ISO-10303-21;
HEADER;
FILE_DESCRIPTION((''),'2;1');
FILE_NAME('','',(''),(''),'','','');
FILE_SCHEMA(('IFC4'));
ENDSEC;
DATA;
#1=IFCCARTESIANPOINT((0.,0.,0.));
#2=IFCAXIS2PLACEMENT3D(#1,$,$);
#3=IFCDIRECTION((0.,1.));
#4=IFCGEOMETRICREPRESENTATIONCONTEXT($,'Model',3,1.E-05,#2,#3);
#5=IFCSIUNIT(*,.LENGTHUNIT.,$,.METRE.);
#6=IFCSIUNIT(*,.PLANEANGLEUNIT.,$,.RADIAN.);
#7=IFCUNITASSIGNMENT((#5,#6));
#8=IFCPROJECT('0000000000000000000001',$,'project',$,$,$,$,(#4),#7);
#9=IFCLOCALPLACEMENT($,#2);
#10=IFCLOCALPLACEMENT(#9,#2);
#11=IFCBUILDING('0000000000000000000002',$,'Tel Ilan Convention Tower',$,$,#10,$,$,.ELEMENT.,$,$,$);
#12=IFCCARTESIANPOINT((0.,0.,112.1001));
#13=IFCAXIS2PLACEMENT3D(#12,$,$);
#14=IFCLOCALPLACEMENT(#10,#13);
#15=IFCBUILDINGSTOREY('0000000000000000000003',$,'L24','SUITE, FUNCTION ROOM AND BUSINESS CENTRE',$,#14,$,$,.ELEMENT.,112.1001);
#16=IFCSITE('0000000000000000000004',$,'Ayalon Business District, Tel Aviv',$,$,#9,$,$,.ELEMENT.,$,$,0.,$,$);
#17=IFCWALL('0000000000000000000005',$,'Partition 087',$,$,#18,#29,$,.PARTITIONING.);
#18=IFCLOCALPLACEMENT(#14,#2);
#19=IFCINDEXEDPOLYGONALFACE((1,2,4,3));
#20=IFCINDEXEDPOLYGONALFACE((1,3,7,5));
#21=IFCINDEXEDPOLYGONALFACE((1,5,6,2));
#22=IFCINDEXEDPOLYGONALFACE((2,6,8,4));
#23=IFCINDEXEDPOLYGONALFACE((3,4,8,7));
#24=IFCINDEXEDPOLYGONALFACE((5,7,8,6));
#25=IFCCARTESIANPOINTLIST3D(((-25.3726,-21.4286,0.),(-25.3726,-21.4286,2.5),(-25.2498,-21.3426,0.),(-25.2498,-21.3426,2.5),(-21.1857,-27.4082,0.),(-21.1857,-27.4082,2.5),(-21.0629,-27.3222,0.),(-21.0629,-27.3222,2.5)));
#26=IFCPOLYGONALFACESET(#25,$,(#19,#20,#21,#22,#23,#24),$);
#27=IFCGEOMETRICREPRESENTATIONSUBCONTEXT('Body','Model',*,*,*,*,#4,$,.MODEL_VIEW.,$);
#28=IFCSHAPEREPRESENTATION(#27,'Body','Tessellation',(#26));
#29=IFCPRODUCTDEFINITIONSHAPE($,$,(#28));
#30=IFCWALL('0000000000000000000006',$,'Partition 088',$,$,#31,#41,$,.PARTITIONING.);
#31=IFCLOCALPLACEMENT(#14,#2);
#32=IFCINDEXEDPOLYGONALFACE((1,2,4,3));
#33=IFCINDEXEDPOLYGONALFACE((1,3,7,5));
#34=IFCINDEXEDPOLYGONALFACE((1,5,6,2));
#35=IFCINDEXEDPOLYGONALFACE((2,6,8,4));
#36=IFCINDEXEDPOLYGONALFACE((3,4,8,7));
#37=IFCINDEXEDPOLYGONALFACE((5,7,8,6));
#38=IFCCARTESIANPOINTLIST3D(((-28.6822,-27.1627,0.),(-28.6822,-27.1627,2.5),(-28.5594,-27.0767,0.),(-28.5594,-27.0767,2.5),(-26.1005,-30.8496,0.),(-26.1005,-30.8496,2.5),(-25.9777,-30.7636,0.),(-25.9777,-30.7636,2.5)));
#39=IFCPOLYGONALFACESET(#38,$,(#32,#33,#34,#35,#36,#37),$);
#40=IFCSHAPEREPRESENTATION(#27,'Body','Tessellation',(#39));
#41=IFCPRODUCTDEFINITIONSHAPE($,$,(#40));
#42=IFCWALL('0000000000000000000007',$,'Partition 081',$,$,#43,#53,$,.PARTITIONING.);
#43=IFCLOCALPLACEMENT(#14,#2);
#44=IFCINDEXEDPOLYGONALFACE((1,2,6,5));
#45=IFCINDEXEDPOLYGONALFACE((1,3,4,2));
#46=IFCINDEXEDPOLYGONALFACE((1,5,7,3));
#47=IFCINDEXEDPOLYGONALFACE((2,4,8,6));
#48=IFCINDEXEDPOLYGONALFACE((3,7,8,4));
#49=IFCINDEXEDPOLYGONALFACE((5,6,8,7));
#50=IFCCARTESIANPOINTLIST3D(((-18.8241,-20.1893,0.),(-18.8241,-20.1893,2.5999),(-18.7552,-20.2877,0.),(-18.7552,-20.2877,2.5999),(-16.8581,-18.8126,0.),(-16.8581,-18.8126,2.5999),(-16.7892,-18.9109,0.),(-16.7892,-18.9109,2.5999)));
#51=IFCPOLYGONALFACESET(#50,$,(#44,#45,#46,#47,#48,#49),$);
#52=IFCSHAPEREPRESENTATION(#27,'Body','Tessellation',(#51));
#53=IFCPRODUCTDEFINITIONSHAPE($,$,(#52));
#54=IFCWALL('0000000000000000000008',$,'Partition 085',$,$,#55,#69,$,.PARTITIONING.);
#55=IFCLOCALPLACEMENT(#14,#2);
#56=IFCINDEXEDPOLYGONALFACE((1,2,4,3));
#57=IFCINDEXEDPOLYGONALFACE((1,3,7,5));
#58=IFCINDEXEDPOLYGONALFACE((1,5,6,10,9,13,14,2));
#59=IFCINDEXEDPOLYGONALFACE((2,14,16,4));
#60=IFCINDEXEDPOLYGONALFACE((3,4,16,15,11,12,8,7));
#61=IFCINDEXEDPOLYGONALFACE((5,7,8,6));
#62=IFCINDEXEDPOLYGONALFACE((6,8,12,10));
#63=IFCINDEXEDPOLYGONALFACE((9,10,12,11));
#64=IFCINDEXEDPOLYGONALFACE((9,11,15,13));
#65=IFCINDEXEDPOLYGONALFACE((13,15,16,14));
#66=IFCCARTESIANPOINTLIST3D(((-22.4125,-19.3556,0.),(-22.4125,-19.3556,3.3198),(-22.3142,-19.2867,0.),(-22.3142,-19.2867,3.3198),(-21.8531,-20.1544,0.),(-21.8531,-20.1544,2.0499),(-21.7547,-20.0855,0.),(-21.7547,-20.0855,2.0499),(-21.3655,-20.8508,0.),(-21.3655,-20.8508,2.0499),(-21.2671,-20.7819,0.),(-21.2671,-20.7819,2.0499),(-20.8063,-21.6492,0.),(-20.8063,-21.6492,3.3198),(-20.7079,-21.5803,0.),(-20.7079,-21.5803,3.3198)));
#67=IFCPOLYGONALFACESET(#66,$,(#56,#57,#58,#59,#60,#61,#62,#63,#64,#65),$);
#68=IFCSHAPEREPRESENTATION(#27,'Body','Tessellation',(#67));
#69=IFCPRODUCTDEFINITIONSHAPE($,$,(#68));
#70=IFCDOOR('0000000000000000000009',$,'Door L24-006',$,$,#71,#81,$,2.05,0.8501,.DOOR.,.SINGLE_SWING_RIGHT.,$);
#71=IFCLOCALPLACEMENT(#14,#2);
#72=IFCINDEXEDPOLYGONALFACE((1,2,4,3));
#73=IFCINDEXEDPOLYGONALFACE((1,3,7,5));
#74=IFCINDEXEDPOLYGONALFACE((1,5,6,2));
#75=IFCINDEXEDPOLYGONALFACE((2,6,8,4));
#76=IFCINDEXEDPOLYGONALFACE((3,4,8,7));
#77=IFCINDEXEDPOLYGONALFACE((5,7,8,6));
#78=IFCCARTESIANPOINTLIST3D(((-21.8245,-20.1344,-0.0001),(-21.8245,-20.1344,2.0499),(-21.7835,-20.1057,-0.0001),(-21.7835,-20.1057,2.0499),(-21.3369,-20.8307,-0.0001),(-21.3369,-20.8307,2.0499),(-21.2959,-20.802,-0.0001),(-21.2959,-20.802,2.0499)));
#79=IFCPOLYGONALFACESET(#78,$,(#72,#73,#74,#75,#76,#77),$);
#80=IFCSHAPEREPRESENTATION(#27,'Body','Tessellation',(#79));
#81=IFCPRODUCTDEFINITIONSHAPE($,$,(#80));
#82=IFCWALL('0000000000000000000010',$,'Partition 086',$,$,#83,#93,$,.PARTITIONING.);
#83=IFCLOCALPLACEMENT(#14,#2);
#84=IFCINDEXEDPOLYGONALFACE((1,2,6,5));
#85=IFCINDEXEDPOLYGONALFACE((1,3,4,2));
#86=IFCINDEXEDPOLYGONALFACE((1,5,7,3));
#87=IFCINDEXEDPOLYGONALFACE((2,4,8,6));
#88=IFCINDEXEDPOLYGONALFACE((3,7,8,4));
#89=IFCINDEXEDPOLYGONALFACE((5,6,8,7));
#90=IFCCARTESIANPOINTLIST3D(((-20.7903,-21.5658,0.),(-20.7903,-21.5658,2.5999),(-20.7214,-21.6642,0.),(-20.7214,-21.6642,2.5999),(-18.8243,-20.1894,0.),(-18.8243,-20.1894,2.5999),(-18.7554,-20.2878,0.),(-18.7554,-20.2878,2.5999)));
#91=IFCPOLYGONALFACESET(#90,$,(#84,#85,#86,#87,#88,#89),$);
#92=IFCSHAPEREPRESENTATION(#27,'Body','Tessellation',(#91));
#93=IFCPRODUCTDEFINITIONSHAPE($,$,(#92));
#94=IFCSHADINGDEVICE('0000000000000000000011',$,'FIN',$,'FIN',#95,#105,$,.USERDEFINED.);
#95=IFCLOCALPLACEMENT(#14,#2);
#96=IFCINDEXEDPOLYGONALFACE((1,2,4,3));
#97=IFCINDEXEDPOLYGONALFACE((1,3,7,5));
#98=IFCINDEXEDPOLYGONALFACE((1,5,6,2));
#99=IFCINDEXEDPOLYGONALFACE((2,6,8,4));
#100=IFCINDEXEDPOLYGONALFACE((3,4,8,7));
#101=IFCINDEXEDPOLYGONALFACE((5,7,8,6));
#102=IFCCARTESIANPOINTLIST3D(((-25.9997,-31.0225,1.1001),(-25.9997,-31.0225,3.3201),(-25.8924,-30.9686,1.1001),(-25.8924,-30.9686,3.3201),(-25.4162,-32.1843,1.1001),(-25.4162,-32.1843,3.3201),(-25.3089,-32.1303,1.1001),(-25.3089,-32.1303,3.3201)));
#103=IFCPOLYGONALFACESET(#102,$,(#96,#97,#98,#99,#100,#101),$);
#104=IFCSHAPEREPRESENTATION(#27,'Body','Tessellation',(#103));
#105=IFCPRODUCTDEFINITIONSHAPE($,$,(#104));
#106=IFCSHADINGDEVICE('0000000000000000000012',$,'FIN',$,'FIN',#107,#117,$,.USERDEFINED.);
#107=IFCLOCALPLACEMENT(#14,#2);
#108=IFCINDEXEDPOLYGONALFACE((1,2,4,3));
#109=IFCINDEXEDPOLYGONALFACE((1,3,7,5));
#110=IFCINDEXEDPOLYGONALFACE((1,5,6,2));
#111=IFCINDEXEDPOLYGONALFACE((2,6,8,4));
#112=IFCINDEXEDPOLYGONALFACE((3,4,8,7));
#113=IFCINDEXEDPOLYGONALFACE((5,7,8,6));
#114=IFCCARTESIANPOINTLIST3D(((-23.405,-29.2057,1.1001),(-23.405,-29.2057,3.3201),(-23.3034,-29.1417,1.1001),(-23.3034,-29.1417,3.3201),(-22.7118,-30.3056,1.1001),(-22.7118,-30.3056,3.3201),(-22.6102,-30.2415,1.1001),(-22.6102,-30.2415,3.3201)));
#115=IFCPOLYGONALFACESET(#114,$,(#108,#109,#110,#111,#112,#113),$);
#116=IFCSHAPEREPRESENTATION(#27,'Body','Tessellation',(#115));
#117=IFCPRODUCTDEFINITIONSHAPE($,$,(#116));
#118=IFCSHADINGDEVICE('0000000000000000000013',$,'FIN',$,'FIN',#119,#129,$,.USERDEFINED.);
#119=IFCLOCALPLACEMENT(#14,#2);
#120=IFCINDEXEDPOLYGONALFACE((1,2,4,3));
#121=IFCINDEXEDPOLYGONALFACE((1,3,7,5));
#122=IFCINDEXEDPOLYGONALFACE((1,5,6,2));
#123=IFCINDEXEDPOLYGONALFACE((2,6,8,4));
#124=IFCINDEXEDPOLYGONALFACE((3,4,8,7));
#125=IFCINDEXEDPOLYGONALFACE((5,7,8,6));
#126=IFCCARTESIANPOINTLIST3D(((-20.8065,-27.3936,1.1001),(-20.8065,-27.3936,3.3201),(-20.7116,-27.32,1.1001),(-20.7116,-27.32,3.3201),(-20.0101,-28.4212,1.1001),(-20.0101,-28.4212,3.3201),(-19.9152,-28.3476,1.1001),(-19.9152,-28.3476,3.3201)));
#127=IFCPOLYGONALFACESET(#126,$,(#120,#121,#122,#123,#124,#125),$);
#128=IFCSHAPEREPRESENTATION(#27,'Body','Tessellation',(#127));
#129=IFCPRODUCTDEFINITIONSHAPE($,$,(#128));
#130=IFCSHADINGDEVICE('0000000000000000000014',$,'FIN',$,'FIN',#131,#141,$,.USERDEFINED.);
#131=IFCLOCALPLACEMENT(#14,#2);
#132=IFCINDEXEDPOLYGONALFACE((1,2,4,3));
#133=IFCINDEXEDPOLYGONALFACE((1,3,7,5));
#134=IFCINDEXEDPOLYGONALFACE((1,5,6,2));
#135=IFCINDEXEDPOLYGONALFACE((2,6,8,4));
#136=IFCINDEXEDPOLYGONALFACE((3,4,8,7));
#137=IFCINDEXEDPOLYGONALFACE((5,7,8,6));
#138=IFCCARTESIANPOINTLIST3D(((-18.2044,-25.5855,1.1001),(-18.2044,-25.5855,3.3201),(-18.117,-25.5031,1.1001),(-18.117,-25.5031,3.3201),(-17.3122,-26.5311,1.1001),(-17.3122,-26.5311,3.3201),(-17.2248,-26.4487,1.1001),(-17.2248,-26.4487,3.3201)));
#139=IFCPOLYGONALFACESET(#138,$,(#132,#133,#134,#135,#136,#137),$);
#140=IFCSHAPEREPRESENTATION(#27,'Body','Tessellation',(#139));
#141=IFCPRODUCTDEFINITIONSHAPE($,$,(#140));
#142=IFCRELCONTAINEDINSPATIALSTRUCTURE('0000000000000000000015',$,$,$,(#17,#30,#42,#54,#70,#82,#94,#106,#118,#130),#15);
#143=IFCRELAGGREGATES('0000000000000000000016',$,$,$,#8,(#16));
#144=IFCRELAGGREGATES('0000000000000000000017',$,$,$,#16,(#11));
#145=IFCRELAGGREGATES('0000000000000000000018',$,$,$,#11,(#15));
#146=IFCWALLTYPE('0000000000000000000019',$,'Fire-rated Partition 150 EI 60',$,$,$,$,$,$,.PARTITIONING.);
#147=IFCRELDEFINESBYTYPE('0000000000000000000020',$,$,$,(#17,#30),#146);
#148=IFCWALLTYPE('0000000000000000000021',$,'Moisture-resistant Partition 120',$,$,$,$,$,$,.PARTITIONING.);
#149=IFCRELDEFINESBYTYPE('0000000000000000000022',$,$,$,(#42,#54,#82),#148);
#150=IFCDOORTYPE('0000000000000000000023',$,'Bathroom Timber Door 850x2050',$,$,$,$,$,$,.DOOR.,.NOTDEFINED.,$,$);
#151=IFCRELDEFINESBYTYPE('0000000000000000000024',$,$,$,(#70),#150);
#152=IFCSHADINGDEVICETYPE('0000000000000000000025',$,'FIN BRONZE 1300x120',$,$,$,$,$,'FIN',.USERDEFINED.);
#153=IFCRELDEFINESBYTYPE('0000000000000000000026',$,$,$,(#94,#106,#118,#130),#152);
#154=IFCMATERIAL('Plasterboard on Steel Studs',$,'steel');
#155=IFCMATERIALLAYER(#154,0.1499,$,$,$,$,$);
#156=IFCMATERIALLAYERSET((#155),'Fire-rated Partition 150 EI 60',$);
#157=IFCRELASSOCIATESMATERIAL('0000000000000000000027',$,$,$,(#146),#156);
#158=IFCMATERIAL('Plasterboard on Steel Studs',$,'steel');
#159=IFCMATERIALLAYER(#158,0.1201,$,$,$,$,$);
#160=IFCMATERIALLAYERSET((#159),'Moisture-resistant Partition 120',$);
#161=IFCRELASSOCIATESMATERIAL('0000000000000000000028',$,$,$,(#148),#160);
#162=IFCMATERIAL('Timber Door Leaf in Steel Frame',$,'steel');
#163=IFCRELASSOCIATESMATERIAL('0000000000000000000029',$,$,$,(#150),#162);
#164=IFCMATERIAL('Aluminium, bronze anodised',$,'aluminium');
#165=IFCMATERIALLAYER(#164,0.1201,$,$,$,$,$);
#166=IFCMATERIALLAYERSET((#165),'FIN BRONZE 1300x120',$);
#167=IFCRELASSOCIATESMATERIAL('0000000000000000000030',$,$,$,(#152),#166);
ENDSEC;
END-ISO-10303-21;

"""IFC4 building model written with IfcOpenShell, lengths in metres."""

from ifc_helpers import new_model, si_unit, direction, frame, frame_2d, origin, origin_2d, place, context, subcontext, project, spatial, rectangle, extrude, material, layer, layer_set, type_object, element, fill, save


model = new_model("IFC4")

# Units and contexts
model_context = context("Model", 3, precision=1e-05, world=origin(), true_north=direction((0.0, 1.0)))
body_context = subcontext(model_context, "Body", "Model", "MODEL_VIEW")
ifc_project = project(units=[si_unit("LENGTHUNIT", "METRE"), si_unit("PLANEANGLEUNIT", "RADIAN")], contexts=[model_context])

# Site, building, storey
site_placement = place(None, origin())
site = spatial("IfcSite", under=ifc_project, at=site_placement, Name="Ayalon Business District, Tel Aviv", CompositionType="ELEMENT", RefElevation=0.0)
building_placement = place(site_placement, origin())
building = spatial("IfcBuilding", under=site, at=building_placement, Name="Tel Ilan Convention Tower", CompositionType="ELEMENT")
storey_placement = place(building_placement, frame((0.0, 0.0, 112.1001)))
storey = spatial("IfcBuildingStorey", under=building, at=storey_placement, Name="L24", Description="SUITE, FUNCTION ROOM AND BUSINESS CENTRE", CompositionType="ELEMENT", Elevation=112.1001)

# Shared definitions
ifc_material_1 = material(Name="Plasterboard on Steel Studs", Category="steel")
ifc_layer_1 = layer(ifc_material_1, 0.1499)
ifc_layer_set_1 = layer_set([ifc_layer_1], Name="Fire-rated Partition 150 EI 60")
wall_type_1 = type_object("IfcWallType", Name="Fire-rated Partition 150 EI 60", PredefinedType="PARTITIONING", material=ifc_layer_set_1)

# Walls
wall_1_placement = place(storey_placement, frame((-21.1243, -27.3652, 0.0), z_axis=(0.0, 0.0, 1.0), x_axis=(-0.573572, 0.819155, 0.0)))
element("IfcWall", 1, at=wall_1_placement, inside=storey, type_object=wall_type_1, Name="Partition 087", PredefinedType="PARTITIONING", context=body_context, shape_type="SweptSolid", body=[
    extrude(rectangle(XDim=7.2998, YDim=0.1499, at=frame_2d((3.6499, 0.0))), origin(), (0.0, 0.0, 1.0), 2.5),
])
wall_2_placement = place(storey_placement, frame((-26.0391, -30.8066, 0.0), z_axis=(0.0, 0.0, 1.0), x_axis=(-0.573593, 0.81914, 0.0)))
element("IfcWall", 2, at=wall_2_placement, inside=storey, type_object=wall_type_1, Name="Partition 088", PredefinedType="PARTITIONING", context=body_context, shape_type="SweptSolid", body=[
    extrude(rectangle(XDim=4.501, YDim=0.1499, at=frame_2d((2.2505, 0.0))), origin(), (0.0, 0.0, 1.0), 2.5),
])
ifc_material_2 = material(Name="Plasterboard on Steel Studs", Category="steel")
ifc_layer_2 = layer(ifc_material_2, 0.1201)
ifc_layer_set_2 = layer_set([ifc_layer_2], Name="Moisture-resistant Partition 120")
wall_type_2 = type_object("IfcWallType", Name="Moisture-resistant Partition 120", PredefinedType="PARTITIONING", material=ifc_layer_set_2)
wall_3_placement = place(storey_placement, frame((-18.7898, -20.2385, 0.0), z_axis=(0.0, 0.0, 1.0), x_axis=(0.819141, 0.573592, 0.0)))
element("IfcWall", 3, at=wall_3_placement, inside=storey, type_object=wall_type_2, Name="Partition 081", PredefinedType="PARTITIONING", context=body_context, shape_type="SweptSolid", body=[
    extrude(rectangle(XDim=2.4001, YDim=0.1201, at=frame_2d((1.2002, 0.0))), origin(), (0.0, 0.0, 1.0), 2.5999),
])

# Wall, opening, door
wall_4_placement = place(storey_placement, frame((-22.3633, -19.3213, 0.0), z_axis=(0.0, 0.0, 1.0), x_axis=(0.57365, -0.819101, 0.0)))
wall_4 = element("IfcWall", 4, at=wall_4_placement, inside=storey, type_object=wall_type_2, Name="Partition 085", PredefinedType="PARTITIONING", context=body_context, shape_type="SweptSolid", body=[
    extrude(rectangle(XDim=2.8, YDim=0.1201, at=frame_2d((1.3999, 0.0))), origin(), (0.0, 0.0, 1.0), 3.3198),
])
opening_1_placement = place(wall_4_placement, frame((0.9751, 0.0, 0.0)))
opening_1 = element("IfcOpeningElement", 5, at=opening_1_placement, cuts=wall_4, PredefinedType="OPENING", context=body_context, shape_type="SweptSolid", body=[
    extrude(rectangle(XDim=0.8501, YDim=2.05, at=frame_2d((0.425, 1.0249))), frame((0.0, 0.0701, 0.0), z_axis=(0.0, -1.0, 0.0), x_axis=(1.0, 0.0, 0.0)), (0.0, 0.0, 1.0), 0.1401),
])
ifc_material_3 = material(Name="Timber Door Leaf in Steel Frame", Category="steel")
door_type_1 = type_object("IfcDoorType", Name="Bathroom Timber Door 850x2050", OperationType="NOTDEFINED", PredefinedType="DOOR", material=ifc_material_3)
door_1_placement = place(opening_1_placement, origin())
door_1 = element("IfcDoor", 6, at=door_1_placement, inside=storey, type_object=door_type_1, Name="Door L24-006", OperationType="SINGLE_SWING_RIGHT", OverallHeight=2.05, OverallWidth=0.8501, PredefinedType="DOOR", context=body_context, shape_type="SweptSolid", body=[
    extrude(rectangle(XDim=0.8501, YDim=2.05, at=frame_2d((0.425, 1.0249))), frame((0.0, 0.0249, 0.0), z_axis=(0.0, -1.0, 0.0), x_axis=(1.0, 0.0, 0.0)), (0.0, 0.0, 1.0), 0.05),
])
fill(opening_1, door_1)

# Wall
wall_5_placement = place(storey_placement, frame((-20.7559, -21.615, 0.0), z_axis=(0.0, 0.0, 1.0), x_axis=(0.819189, 0.573524, 0.0)))
element("IfcWall", 7, at=wall_5_placement, inside=storey, type_object=wall_type_2, Name="Partition 086", PredefinedType="PARTITIONING", context=body_context, shape_type="SweptSolid", body=[
    extrude(rectangle(XDim=2.3999, YDim=0.1201, at=frame_2d((1.2, 0.0))), origin(), (0.0, 0.0, 1.0), 2.5999),
])

# Shading devices
ifc_material_4 = material(Name="Aluminium, bronze anodised", Category="aluminium")
ifc_layer_3 = layer(ifc_material_4, 0.1201)
ifc_layer_set_3 = layer_set([ifc_layer_3], Name="FIN BRONZE 1300x120")
shading_device_type = type_object("IfcShadingDeviceType", Name="FIN BRONZE 1300x120", ElementType="FIN", PredefinedType="USERDEFINED", material=ifc_layer_set_3)
for number, where, z_axis, x_axis, name in (
    (8, (-25.6543, -31.5764, 1.1001), (0.0, 0.0, 1.0), (0.448799, -0.893633, 0.0), "FIN"),
    (9, (-23.0076, -29.7236, 1.1001), (0.0, 0.0, 1.0), (0.533204, -0.845986, 0.0), "FIN"),
    (10, (-20.3608, -27.8706, 1.1001), (0.0, 0.0, 1.0), (0.612601, -0.790393, 0.0), "FIN"),
    (11, (-17.7146, -26.0171, 1.1001), (0.0, 0.0, 1.0), (0.686242, -0.727374, 0.0), "FIN"),
):
    element("IfcShadingDevice", number, at=place(storey_placement, frame(where, z_axis=z_axis, x_axis=x_axis)), inside=storey, type_object=shading_device_type, Name=name, ObjectType="FIN", PredefinedType="USERDEFINED", context=body_context, shape_type="SweptSolid", body=[
        extrude(rectangle(XDim=1.3, YDim=0.1201, at=origin_2d()), origin(), (0.0, 0.0, 1.0), 2.22),
    ])

save(model, "model.ifc")
